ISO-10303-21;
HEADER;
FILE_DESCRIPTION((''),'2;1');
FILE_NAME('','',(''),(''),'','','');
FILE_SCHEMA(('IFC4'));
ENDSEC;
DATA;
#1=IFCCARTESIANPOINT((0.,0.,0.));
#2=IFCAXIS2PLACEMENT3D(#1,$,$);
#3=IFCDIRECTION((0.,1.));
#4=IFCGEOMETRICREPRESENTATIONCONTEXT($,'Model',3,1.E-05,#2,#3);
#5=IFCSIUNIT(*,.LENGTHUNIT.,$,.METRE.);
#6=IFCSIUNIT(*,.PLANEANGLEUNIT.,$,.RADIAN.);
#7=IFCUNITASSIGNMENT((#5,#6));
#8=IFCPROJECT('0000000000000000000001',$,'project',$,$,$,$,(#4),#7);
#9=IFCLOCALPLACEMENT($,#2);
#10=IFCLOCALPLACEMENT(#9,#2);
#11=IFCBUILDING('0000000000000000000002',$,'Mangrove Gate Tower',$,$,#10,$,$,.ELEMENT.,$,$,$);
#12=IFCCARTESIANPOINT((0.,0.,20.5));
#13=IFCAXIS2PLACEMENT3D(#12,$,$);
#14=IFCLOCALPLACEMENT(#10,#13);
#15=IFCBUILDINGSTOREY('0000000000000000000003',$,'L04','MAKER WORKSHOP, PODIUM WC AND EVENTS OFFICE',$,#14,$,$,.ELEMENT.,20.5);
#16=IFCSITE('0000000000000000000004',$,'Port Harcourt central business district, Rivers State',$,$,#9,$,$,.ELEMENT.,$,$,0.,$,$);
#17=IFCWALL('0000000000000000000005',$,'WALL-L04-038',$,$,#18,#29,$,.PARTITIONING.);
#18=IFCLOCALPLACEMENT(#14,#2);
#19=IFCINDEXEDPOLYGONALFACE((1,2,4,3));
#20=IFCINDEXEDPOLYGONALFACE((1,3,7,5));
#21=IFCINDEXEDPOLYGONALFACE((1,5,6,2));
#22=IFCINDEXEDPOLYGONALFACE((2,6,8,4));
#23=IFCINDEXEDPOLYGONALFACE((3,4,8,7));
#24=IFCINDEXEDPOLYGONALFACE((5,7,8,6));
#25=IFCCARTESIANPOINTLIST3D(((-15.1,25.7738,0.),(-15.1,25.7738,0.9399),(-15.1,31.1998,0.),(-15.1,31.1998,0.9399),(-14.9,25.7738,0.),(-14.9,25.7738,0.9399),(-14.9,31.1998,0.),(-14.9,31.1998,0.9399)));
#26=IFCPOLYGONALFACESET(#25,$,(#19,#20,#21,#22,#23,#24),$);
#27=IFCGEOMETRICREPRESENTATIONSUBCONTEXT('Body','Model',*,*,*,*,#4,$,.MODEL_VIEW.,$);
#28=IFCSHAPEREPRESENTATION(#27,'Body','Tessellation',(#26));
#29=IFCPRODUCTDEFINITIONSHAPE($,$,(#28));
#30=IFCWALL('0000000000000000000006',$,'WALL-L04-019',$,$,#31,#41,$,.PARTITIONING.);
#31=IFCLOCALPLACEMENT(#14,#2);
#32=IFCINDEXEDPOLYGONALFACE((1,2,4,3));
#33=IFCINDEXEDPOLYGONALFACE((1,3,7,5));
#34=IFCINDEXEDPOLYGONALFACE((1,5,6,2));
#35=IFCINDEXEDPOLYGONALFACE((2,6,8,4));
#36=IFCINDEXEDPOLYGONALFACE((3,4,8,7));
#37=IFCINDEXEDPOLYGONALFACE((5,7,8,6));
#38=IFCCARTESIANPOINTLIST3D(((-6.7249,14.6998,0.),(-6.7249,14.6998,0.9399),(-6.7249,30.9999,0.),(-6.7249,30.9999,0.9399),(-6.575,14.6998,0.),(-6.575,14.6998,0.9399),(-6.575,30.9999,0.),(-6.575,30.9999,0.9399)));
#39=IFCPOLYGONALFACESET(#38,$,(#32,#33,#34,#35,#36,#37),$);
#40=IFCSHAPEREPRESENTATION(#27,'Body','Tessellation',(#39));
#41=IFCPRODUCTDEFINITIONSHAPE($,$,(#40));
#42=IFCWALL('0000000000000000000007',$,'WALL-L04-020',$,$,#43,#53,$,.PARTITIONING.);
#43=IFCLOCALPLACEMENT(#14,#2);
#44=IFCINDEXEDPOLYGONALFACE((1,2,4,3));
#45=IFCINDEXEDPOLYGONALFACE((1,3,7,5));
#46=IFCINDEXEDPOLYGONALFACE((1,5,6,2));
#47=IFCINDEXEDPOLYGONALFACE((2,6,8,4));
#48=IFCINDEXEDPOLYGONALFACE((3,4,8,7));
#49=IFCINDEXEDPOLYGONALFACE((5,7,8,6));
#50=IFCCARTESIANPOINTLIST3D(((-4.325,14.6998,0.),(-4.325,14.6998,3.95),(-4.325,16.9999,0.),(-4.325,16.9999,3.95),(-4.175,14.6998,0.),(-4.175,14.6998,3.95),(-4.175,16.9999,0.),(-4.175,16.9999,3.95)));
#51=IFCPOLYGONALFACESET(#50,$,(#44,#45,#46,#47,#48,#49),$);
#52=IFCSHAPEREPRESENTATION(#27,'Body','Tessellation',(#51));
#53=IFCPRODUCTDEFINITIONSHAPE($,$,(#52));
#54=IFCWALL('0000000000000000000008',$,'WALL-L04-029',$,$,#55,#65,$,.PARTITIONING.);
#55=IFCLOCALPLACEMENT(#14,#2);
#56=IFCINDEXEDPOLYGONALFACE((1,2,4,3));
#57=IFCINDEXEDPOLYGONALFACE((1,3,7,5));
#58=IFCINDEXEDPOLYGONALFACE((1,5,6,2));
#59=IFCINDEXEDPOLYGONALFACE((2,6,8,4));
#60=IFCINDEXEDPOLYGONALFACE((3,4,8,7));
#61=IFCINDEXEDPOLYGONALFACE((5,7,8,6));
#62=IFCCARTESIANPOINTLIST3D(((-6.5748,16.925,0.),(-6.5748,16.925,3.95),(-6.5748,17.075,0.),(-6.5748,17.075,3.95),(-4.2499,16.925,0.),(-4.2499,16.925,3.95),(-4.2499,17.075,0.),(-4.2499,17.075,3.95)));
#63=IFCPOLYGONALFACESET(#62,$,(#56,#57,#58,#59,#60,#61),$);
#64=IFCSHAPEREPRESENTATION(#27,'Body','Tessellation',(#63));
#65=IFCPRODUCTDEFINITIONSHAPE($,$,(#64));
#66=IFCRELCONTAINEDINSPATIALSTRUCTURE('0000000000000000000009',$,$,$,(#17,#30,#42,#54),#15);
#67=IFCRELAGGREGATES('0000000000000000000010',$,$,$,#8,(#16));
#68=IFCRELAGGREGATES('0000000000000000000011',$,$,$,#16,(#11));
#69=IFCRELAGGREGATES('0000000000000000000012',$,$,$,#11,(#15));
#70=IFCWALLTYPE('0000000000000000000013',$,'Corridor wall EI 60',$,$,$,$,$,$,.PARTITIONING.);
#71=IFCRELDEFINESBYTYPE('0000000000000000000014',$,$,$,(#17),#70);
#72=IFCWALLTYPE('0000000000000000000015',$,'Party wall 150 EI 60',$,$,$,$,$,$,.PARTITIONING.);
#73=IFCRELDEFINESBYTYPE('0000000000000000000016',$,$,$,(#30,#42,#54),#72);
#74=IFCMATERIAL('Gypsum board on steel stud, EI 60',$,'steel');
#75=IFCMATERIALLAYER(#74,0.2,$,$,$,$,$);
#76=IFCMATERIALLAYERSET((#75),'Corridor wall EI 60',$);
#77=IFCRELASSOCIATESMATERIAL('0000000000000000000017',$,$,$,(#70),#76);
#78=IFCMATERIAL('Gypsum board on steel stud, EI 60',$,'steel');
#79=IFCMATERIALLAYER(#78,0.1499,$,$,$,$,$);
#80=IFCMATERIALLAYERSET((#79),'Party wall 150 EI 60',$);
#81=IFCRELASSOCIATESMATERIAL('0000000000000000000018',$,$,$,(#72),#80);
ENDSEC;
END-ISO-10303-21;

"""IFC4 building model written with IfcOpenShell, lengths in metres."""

from ifc_helpers import new_model, si_unit, direction, frame, frame_2d, origin, place, context, subcontext, project, spatial, rectangle, extrude, material, layer, layer_set, type_object, element, save


model = new_model("IFC4")

# Units and contexts
model_context = context("Model", 3, precision=1e-05, world=origin(), true_north=direction((0.0, 1.0)))
body_context = subcontext(model_context, "Body", "Model", "MODEL_VIEW")
ifc_project = project(units=[si_unit("LENGTHUNIT", "METRE"), si_unit("PLANEANGLEUNIT", "RADIAN")], contexts=[model_context])

# Site, building, storey
site_placement = place(None, origin())
site = spatial("IfcSite", under=ifc_project, at=site_placement, Name="Port Harcourt central business district, Rivers State", CompositionType="ELEMENT", RefElevation=0.0)
building_placement = place(site_placement, origin())
building = spatial("IfcBuilding", under=site, at=building_placement, Name="Mangrove Gate Tower", CompositionType="ELEMENT")
storey_placement = place(building_placement, frame((0.0, 0.0, 20.5)))
storey = spatial("IfcBuildingStorey", under=building, at=storey_placement, Name="L04", Description="MAKER WORKSHOP, PODIUM WC AND EVENTS OFFICE", CompositionType="ELEMENT", Elevation=20.5)

# Shared definitions
ifc_material_1 = material(Name="Gypsum board on steel stud, EI 60", Category="steel")
ifc_layer_1 = layer(ifc_material_1, 0.2)
ifc_layer_set_1 = layer_set([ifc_layer_1], Name="Corridor wall EI 60")
wall_type_1 = type_object("IfcWallType", Name="Corridor wall EI 60", PredefinedType="PARTITIONING", material=ifc_layer_set_1)

# Walls
wall_1_placement = place(storey_placement, frame((-15.0, 25.7739, 0.0), z_axis=(0.0, 0.0, 1.0), x_axis=(0.0, 1.0, 0.0)))
element("IfcWall", 1, at=wall_1_placement, inside=storey, type_object=wall_type_1, Name="WALL-L04-038", PredefinedType="PARTITIONING", context=body_context, shape_type="SweptSolid", body=[
    extrude(rectangle(XDim=5.426, YDim=0.2, at=frame_2d((2.7129, 0.0))), origin(), (0.0, 0.0, 1.0), 0.9399),
])
ifc_material_2 = material(Name="Gypsum board on steel stud, EI 60", Category="steel")
ifc_layer_2 = layer(ifc_material_2, 0.1499)
ifc_layer_set_2 = layer_set([ifc_layer_2], Name="Party wall 150 EI 60")
wall_type_2 = type_object("IfcWallType", Name="Party wall 150 EI 60", PredefinedType="PARTITIONING", material=ifc_layer_set_2)
wall_2_placement = place(storey_placement, frame((-6.6499, 14.7, 0.0), z_axis=(0.0, 0.0, 1.0), x_axis=(0.0, 1.0, 0.0)))
element("IfcWall", 2, at=wall_2_placement, inside=storey, type_object=wall_type_2, Name="WALL-L04-019", PredefinedType="PARTITIONING", context=body_context, shape_type="SweptSolid", body=[
    extrude(rectangle(XDim=16.3, YDim=0.1499, at=frame_2d((8.1499, 0.0))), origin(), (0.0, 0.0, 1.0), 0.9399),
])
wall_3_placement = place(storey_placement, frame((-4.25, 14.7, 0.0), z_axis=(0.0, 0.0, 1.0), x_axis=(0.0, 1.0, 0.0)))
element("IfcWall", 3, at=wall_3_placement, inside=storey, type_object=wall_type_2, Name="WALL-L04-020", PredefinedType="PARTITIONING", context=body_context, shape_type="SweptSolid", body=[
    extrude(rectangle(XDim=2.3, YDim=0.1499, at=frame_2d((1.1499, 0.0))), origin(), (0.0, 0.0, 1.0), 3.95),
])
wall_4_placement = place(storey_placement, frame((-6.575, 17.0, 0.0), z_axis=(0.0, 0.0, 1.0), x_axis=(1.0, 0.0, 0.0)))
element("IfcWall", 4, at=wall_4_placement, inside=storey, type_object=wall_type_2, Name="WALL-L04-029", PredefinedType="PARTITIONING", context=body_context, shape_type="SweptSolid", body=[
    extrude(rectangle(XDim=2.325, YDim=0.1499, at=frame_2d((1.1626, 0.0))), origin(), (0.0, 0.0, 1.0), 3.95),
])

save(model, "model.ifc")
